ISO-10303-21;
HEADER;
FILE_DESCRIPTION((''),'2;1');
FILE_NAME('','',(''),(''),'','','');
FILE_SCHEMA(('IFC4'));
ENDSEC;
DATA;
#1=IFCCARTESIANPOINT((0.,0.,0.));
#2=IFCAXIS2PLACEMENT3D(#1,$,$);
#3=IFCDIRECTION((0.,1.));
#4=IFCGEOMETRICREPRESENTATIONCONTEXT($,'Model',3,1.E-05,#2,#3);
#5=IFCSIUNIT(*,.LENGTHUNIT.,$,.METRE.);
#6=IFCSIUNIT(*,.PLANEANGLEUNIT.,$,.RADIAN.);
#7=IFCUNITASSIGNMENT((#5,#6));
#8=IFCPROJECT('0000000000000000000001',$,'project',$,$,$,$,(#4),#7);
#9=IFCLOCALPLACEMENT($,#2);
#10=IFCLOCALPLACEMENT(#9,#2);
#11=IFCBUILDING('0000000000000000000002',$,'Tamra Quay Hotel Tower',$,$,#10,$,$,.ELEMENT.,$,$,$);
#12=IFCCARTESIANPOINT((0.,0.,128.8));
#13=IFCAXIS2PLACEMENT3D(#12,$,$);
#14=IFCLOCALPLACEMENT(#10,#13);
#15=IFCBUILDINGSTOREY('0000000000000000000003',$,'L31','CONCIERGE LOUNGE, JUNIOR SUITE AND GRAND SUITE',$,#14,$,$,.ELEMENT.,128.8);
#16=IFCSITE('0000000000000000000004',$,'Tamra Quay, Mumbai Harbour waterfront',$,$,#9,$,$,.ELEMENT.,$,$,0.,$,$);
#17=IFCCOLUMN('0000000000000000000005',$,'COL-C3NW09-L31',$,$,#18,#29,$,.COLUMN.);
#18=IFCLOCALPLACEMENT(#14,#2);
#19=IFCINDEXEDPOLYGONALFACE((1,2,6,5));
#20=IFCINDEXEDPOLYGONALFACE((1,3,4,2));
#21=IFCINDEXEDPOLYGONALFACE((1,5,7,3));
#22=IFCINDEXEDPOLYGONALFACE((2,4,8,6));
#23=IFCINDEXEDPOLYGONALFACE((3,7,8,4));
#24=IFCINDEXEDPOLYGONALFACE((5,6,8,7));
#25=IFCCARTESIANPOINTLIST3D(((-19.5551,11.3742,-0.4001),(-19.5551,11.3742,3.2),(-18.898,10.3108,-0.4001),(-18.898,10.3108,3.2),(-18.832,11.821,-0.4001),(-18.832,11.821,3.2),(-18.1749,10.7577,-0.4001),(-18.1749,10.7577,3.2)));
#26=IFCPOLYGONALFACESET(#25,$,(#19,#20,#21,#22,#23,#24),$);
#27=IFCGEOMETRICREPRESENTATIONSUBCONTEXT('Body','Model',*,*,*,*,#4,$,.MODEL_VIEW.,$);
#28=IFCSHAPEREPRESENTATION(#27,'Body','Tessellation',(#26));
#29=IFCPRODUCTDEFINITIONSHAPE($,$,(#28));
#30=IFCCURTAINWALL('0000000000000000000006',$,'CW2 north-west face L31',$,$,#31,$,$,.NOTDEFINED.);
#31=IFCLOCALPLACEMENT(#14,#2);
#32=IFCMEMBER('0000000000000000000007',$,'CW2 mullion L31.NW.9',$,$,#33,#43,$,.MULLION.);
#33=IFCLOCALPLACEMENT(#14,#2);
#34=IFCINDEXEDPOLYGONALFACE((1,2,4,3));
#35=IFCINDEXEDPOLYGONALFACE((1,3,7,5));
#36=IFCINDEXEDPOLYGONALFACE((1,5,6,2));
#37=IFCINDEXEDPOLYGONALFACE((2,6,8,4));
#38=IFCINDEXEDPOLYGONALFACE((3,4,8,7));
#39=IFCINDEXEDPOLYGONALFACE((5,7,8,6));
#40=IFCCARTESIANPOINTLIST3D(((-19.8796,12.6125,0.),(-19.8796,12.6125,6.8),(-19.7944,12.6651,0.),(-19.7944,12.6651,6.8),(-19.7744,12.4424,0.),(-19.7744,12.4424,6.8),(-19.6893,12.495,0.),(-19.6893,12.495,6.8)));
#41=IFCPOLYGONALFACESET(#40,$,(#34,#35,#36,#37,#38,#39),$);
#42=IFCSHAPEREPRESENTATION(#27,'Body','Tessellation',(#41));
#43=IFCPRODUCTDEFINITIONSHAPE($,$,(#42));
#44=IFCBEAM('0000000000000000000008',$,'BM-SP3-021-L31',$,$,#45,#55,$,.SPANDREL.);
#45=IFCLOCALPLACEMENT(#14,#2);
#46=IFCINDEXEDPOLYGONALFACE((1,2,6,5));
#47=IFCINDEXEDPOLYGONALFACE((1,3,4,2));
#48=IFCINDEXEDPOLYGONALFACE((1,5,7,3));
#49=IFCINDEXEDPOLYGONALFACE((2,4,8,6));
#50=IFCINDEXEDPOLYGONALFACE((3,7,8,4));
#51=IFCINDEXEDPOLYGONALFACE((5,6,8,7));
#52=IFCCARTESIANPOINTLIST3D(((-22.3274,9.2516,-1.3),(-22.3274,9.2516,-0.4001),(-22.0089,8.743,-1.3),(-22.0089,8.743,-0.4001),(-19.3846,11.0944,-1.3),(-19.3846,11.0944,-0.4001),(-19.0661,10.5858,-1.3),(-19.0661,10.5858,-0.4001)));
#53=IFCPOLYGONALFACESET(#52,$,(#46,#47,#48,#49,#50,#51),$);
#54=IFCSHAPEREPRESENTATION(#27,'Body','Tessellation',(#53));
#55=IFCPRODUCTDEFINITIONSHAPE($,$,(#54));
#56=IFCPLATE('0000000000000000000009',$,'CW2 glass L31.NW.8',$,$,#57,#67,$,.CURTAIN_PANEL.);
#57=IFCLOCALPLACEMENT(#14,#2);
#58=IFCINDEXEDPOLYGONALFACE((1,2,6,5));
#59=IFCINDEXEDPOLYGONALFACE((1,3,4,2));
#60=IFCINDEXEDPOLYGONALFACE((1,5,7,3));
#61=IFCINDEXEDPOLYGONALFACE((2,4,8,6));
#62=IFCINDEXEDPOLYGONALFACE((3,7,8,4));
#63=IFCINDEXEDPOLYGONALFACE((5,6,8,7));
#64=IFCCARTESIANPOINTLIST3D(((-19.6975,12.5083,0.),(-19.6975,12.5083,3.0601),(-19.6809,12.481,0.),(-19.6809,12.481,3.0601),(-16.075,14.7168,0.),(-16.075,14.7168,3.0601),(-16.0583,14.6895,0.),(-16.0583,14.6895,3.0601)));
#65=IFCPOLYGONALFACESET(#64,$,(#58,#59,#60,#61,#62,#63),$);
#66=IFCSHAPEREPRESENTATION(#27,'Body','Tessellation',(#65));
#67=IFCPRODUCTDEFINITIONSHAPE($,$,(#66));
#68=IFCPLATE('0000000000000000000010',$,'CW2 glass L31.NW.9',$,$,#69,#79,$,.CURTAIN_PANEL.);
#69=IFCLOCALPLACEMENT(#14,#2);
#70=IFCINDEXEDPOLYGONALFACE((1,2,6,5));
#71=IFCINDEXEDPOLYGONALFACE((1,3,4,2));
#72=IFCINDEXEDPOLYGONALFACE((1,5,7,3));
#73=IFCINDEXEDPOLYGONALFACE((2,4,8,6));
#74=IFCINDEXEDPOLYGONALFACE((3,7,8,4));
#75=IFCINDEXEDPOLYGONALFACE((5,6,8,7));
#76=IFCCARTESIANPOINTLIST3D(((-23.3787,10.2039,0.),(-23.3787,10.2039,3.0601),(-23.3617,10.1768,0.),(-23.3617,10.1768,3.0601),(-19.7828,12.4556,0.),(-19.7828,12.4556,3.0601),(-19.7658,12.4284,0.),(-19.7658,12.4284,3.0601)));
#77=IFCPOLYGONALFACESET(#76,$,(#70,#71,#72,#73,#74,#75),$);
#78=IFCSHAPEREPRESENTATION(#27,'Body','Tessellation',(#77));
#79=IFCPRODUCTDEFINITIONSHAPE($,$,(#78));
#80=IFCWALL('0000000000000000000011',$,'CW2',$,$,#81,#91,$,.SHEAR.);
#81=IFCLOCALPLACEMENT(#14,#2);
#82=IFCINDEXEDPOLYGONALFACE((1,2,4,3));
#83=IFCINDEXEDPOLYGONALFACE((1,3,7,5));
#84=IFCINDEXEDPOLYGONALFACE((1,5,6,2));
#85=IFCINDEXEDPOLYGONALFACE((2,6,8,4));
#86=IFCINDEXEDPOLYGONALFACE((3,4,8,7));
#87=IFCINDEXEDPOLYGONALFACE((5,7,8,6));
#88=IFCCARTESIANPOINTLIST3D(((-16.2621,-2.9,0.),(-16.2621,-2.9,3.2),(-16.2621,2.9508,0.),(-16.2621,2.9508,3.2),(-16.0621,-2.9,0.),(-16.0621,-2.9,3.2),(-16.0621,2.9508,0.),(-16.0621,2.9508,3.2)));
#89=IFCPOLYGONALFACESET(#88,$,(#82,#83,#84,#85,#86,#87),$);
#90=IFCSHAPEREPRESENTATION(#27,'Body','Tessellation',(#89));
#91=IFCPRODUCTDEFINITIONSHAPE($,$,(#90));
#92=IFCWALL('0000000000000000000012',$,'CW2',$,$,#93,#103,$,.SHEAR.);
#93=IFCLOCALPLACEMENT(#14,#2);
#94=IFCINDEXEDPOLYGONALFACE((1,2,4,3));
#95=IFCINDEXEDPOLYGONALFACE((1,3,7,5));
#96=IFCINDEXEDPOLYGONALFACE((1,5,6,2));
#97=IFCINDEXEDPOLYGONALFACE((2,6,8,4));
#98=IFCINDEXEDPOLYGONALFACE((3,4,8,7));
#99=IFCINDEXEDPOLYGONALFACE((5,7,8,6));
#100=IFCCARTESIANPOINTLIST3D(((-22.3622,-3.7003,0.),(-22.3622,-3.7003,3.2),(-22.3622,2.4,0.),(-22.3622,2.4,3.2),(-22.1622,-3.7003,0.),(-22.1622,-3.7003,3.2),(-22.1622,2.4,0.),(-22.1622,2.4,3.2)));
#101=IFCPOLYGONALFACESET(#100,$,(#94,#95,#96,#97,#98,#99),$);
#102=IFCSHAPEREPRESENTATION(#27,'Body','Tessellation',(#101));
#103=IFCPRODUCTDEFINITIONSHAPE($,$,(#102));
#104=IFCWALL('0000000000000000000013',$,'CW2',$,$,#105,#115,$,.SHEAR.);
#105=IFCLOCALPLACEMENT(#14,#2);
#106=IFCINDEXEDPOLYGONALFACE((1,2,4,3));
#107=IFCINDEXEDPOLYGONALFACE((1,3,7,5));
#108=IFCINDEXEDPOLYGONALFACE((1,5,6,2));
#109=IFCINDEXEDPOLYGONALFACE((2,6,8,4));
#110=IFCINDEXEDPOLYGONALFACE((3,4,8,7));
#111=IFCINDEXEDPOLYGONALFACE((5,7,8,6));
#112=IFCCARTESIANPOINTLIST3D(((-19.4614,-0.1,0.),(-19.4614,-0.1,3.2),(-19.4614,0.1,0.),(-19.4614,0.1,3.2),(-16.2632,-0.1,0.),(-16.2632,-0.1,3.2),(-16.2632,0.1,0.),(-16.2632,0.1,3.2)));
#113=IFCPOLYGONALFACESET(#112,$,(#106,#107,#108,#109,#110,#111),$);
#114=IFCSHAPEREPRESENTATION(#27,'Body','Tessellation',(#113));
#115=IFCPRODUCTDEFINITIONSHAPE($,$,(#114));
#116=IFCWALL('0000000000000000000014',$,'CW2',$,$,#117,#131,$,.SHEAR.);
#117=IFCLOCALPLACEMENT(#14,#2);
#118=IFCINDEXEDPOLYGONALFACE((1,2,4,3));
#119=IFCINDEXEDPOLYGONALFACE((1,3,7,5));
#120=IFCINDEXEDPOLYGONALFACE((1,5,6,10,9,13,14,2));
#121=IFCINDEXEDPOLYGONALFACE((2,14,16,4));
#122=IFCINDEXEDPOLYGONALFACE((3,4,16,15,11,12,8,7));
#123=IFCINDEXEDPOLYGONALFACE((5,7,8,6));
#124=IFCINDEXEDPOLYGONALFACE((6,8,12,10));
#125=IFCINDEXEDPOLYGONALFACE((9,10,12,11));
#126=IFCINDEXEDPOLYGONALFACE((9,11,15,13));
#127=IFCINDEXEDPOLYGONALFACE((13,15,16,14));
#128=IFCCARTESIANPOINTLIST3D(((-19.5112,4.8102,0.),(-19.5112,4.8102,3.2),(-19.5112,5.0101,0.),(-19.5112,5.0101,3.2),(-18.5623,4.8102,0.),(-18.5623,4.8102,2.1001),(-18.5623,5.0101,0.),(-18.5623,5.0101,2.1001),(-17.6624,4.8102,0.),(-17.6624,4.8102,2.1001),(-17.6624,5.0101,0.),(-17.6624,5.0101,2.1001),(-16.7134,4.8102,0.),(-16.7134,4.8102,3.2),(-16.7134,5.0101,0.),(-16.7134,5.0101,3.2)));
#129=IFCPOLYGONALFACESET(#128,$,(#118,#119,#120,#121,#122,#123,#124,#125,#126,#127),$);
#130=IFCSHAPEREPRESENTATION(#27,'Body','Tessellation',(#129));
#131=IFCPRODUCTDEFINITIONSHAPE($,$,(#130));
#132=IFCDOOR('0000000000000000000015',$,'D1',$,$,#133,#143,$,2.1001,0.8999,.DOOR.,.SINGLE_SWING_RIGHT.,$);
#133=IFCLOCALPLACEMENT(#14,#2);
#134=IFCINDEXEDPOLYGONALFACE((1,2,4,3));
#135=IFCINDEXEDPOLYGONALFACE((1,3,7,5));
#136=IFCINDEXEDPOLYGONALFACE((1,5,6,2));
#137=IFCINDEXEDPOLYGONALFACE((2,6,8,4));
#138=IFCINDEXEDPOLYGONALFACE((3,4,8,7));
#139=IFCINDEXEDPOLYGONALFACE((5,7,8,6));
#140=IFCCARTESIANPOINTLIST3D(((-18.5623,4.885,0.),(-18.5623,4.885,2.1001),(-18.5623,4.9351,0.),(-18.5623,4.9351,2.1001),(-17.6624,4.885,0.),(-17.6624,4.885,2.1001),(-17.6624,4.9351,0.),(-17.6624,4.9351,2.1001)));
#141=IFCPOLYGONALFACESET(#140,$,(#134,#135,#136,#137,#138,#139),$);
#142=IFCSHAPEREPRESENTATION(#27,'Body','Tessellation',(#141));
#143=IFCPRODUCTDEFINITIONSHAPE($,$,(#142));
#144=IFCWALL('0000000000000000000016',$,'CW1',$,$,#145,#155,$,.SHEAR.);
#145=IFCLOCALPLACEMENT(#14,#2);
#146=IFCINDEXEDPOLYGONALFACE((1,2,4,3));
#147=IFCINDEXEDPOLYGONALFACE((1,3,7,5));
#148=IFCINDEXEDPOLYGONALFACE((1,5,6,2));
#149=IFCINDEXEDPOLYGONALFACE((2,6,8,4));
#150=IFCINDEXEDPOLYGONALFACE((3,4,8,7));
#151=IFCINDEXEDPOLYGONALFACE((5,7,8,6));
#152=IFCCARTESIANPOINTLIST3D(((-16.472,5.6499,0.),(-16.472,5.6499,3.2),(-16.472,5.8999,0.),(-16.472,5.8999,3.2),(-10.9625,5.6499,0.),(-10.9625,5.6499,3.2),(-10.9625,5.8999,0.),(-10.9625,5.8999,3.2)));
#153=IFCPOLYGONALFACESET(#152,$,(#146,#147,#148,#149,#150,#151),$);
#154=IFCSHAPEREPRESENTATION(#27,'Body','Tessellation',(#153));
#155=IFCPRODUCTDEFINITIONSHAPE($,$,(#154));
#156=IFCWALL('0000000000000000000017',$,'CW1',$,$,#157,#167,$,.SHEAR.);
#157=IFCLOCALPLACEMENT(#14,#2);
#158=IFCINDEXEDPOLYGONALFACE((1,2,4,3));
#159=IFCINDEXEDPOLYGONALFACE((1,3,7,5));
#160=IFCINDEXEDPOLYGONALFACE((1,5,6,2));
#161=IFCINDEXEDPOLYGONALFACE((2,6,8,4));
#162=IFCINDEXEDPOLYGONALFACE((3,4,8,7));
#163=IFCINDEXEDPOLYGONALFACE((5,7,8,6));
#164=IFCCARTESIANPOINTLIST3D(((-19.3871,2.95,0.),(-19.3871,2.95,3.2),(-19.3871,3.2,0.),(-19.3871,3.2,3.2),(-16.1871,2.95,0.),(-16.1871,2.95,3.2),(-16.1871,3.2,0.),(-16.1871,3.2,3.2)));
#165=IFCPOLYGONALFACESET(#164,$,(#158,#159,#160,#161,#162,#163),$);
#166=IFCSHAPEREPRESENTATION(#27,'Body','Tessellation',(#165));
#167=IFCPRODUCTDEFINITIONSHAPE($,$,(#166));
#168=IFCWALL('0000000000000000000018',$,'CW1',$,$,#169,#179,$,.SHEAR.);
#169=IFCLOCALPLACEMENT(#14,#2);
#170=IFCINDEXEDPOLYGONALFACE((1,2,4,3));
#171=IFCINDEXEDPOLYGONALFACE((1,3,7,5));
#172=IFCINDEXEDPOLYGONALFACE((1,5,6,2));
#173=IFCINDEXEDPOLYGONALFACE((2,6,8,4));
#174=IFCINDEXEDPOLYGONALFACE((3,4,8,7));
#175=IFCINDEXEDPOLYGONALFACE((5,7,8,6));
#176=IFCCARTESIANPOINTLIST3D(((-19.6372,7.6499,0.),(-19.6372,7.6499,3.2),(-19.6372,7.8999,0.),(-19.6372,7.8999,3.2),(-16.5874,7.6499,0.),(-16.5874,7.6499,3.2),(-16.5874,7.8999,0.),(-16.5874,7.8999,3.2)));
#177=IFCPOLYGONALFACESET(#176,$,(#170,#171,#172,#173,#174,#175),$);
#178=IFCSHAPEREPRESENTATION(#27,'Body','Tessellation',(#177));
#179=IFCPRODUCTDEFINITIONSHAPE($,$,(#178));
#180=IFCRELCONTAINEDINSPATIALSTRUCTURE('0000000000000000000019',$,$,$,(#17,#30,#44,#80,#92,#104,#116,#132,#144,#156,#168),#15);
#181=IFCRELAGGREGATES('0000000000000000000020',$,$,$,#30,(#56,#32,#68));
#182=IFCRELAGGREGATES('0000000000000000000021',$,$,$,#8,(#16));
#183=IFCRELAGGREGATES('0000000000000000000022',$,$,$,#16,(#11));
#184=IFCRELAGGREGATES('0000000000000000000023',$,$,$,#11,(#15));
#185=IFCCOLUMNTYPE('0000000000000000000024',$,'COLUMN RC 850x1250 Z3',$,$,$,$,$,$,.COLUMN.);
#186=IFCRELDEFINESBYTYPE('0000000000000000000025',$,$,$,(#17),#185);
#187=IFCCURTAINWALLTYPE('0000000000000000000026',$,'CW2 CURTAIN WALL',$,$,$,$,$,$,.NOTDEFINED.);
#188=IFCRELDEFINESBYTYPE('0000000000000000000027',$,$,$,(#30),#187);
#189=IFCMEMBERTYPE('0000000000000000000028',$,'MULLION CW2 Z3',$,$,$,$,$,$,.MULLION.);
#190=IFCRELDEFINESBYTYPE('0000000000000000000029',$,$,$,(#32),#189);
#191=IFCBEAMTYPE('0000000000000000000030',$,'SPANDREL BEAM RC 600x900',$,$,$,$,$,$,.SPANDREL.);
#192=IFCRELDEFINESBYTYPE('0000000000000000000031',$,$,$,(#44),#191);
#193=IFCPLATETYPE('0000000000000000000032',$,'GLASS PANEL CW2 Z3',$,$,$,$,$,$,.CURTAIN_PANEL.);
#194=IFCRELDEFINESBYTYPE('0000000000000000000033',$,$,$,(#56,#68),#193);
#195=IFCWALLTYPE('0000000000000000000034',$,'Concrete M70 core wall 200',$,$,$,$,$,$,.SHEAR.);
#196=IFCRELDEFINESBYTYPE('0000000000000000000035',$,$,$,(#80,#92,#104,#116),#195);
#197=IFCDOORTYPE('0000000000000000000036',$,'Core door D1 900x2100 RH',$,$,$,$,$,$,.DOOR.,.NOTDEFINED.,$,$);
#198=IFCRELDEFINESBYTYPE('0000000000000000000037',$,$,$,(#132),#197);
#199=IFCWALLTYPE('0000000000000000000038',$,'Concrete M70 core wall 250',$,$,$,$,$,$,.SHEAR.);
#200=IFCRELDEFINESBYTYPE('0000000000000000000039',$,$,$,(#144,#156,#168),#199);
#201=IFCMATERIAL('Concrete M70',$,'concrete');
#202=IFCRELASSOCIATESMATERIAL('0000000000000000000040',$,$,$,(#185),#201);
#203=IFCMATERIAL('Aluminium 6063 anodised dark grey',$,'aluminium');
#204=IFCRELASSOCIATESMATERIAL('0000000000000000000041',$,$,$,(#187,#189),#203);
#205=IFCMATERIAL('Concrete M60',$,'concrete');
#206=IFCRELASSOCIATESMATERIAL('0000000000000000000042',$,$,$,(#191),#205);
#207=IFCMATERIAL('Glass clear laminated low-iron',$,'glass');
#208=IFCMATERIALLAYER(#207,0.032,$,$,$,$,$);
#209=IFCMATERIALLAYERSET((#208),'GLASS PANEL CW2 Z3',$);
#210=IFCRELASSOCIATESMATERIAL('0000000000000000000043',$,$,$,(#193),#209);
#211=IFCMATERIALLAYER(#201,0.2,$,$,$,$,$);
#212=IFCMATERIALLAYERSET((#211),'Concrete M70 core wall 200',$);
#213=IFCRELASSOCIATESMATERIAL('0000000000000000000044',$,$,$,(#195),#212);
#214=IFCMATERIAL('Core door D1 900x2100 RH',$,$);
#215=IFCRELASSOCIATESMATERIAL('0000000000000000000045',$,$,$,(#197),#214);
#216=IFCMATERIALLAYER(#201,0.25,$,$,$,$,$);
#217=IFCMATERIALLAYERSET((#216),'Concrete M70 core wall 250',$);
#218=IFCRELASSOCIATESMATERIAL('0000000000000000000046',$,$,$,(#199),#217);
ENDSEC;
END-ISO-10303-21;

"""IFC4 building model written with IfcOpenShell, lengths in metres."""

from ifc_helpers import new_model, si_unit, direction, frame, frame_2d, origin, origin_2d, place, context, subcontext, project, spatial, rectangle, extrude, material, layer, layer_set, material_profile, profile_set, type_object, element, fill, aggregate, save


model = new_model("IFC4")

# Units and contexts
model_context = context("Model", 3, precision=1e-05, world=origin(), true_north=direction((0.0, 1.0)))
body_context = subcontext(model_context, "Body", "Model", "MODEL_VIEW")
ifc_project = project(units=[si_unit("LENGTHUNIT", "METRE"), si_unit("PLANEANGLEUNIT", "RADIAN")], contexts=[model_context])

# Site, building, storey
site_placement = place(None, origin())
site = spatial("IfcSite", under=ifc_project, at=site_placement, Name="Tamra Quay, Mumbai Harbour waterfront", CompositionType="ELEMENT", RefElevation=0.0)
building_placement = place(site_placement, origin())
building = spatial("IfcBuilding", under=site, at=building_placement, Name="Tamra Quay Hotel Tower", CompositionType="ELEMENT")
storey_placement = place(building_placement, frame((0.0, 0.0, 128.8)))
storey = spatial("IfcBuildingStorey", under=building, at=storey_placement, Name="L31", Description="CONCIERGE LOUNGE, JUNIOR SUITE AND GRAND SUITE", CompositionType="ELEMENT", Elevation=128.8)

# Column
ifc_material_1 = material(Name="Concrete M70", Category="concrete")
ifc_material_profile_1 = material_profile(ifc_material_1, rectangle(XDim=1.25, YDim=0.8501, at=origin_2d()), Name="COLUMN RC 850x1250 Z3")
ifc_profile_set_1 = profile_set([ifc_material_profile_1], Name="Concrete M70")
column_type = type_object("IfcColumnType", Name="COLUMN RC 850x1250 Z3", PredefinedType="COLUMN", material=ifc_profile_set_1)
column_placement = place(storey_placement, frame((-18.865, 11.0659, -0.4001), z_axis=(0.0, 0.0, 1.0), x_axis=(-0.525677, 0.850685, 0.0)))
element("IfcColumn", 1, at=column_placement, inside=storey, type_object=column_type, Name="COL-C3NW09-L31", PredefinedType="COLUMN", context=body_context, shape_type="SweptSolid", body=[
    extrude(rectangle(XDim=1.25, YDim=0.8501, at=origin_2d()), origin(), (0.0, 0.0, 1.0), 3.6001),
])

# Curtain wall, member
ifc_material_2 = material(Name="Aluminium 6063 anodised dark grey", Category="aluminium")
curtain_wall_type = type_object("IfcCurtainWallType", Name="CW2 CURTAIN WALL", PredefinedType="NOTDEFINED", material=ifc_material_2)
curtain_wall_placement = place(storey_placement, origin())
curtain_wall = element("IfcCurtainWall", 2, at=curtain_wall_placement, inside=storey, type_object=curtain_wall_type, Name="CW2 north-west face L31", PredefinedType="NOTDEFINED")
ifc_material_profile_2 = material_profile(ifc_material_2, rectangle(XDim=0.2, YDim=0.1001, at=origin_2d()), Name="MULLION 100X200")
ifc_profile_set_2 = profile_set([ifc_material_profile_2], Name="Aluminium 6063 anodised dark grey")
member_type = type_object("IfcMemberType", Name="MULLION CW2 Z3", PredefinedType="MULLION", material=ifc_profile_set_2)
member_placement = place(storey_placement, frame((-19.7844, 12.5537, 0.0), z_axis=(0.0, 0.0, 1.0), x_axis=(-0.525646, 0.850703, 0.0)))
member = element("IfcMember", 3, at=member_placement, type_object=member_type, Name="CW2 mullion L31.NW.9", PredefinedType="MULLION", context=body_context, shape_type="SweptSolid", body=[
    extrude(rectangle(XDim=0.2, YDim=0.1001, at=origin_2d()), origin(), (0.0, 0.0, 1.0), 6.8),
])

# Beam
ifc_material_3 = material(Name="Concrete M60", Category="concrete")
ifc_material_profile_3 = material_profile(ifc_material_3, rectangle(XDim=0.6001, YDim=0.8999, at=origin_2d()), Name="SPANDREL BEAM RC 600x900")
ifc_profile_set_3 = profile_set([ifc_material_profile_3], Name="Concrete M60")
beam_type = type_object("IfcBeamType", Name="SPANDREL BEAM RC 600x900", PredefinedType="SPANDREL", material=ifc_profile_set_3)
beam_placement = place(storey_placement, frame((-19.2253, 10.8401, -0.8501), z_axis=(-0.847548, -0.530719, 0.0), x_axis=(0.530719, -0.847548, 0.0)))
element("IfcBeam", 4, at=beam_placement, inside=storey, type_object=beam_type, Name="BM-SP3-021-L31", PredefinedType="SPANDREL", context=body_context, shape_type="SweptSolid", body=[
    extrude(rectangle(XDim=0.6001, YDim=0.8999, at=origin_2d()), origin(), (0.0, 0.0, 1.0), 3.4722),
])

# Plates
ifc_material_4 = material(Name="Glass clear laminated low-iron", Category="glass")
ifc_layer_1 = layer(ifc_material_4, 0.032)
ifc_layer_set_1 = layer_set([ifc_layer_1], Name="GLASS PANEL CW2 Z3")
plate_type = type_object("IfcPlateType", Name="GLASS PANEL CW2 Z3", PredefinedType="CURTAIN_PANEL", material=ifc_layer_set_1)
plate_1_placement = place(storey_placement, frame((-17.8779, 13.5989, 0.0), z_axis=(0.0, 0.0, 1.0), x_axis=(-0.85383, -0.520552, 0.0)))
plate_1 = element("IfcPlate", 5, at=plate_1_placement, type_object=plate_type, Name="CW2 glass L31.NW.8", PredefinedType="CURTAIN_PANEL", context=body_context, shape_type="SweptSolid", body=[
    extrude(rectangle(XDim=4.2427, YDim=0.032, at=origin_2d()), origin(), (0.0, 0.0, 1.0), 3.0601),
])
plate_2_placement = place(storey_placement, frame((-21.5723, 11.3162, 0.0), z_axis=(0.0, 0.0, 1.0), x_axis=(-0.847546, -0.530721, 0.0)))
plate_2 = element("IfcPlate", 6, at=plate_2_placement, type_object=plate_type, Name="CW2 glass L31.NW.9", PredefinedType="CURTAIN_PANEL", context=body_context, shape_type="SweptSolid", body=[
    extrude(rectangle(XDim=4.2427, YDim=0.032, at=origin_2d()), origin(), (0.0, 0.0, 1.0), 3.0601),
])
aggregate(curtain_wall, [plate_1, member, plate_2])

# Walls
ifc_layer_2 = layer(ifc_material_1, 0.2)
ifc_layer_set_2 = layer_set([ifc_layer_2], Name="Concrete M70 core wall 200")
wall_type_1 = type_object("IfcWallType", Name="Concrete M70 core wall 200", PredefinedType="SHEAR", material=ifc_layer_set_2)
wall_1_placement = place(storey_placement, frame((-16.1621, 2.9507, 0.0), z_axis=(0.0, 0.0, 1.0), x_axis=(0.0, -1.0, 0.0)))
element("IfcWall", 7, at=wall_1_placement, inside=storey, type_object=wall_type_1, Name="CW2", PredefinedType="SHEAR", context=body_context, shape_type="SweptSolid", body=[
    extrude(rectangle(XDim=5.8508, YDim=0.2, at=frame_2d((2.9253, 0.0))), origin(), (0.0, 0.0, 1.0), 3.2),
])
wall_2_placement = place(storey_placement, frame((-22.2622, 2.4001, 0.0), z_axis=(0.0, 0.0, 1.0), x_axis=(0.0, -1.0, 0.0)))
element("IfcWall", 8, at=wall_2_placement, inside=storey, type_object=wall_type_1, Name="CW2", PredefinedType="SHEAR", context=body_context, shape_type="SweptSolid", body=[
    extrude(rectangle(XDim=6.1003, YDim=0.2, at=frame_2d((3.0503, 0.0))), origin(), (0.0, 0.0, 1.0), 3.2),
])
wall_3_placement = place(storey_placement, frame((-16.2632, 0.0, 0.0), z_axis=(0.0, 0.0, 1.0), x_axis=(-1.0, 0.0, 0.0)))
element("IfcWall", 9, at=wall_3_placement, inside=storey, type_object=wall_type_1, Name="CW2", PredefinedType="SHEAR", context=body_context, shape_type="SweptSolid", body=[
    extrude(rectangle(XDim=3.1982, YDim=0.2, at=frame_2d((1.5991, 0.0))), origin(), (0.0, 0.0, 1.0), 3.2),
])

# Wall, opening, door
wall_4_placement = place(storey_placement, frame((-19.5112, 4.9102, 0.0), z_axis=(0.0, 0.0, 1.0), x_axis=(1.0, 0.0, 0.0)))
wall_4 = element("IfcWall", 10, at=wall_4_placement, inside=storey, type_object=wall_type_1, Name="CW2", PredefinedType="SHEAR", context=body_context, shape_type="SweptSolid", body=[
    extrude(rectangle(XDim=2.7979, YDim=0.2, at=frame_2d((1.3989, 0.0))), origin(), (0.0, 0.0, 1.0), 3.2),
])
opening_1_placement = place(wall_4_placement, frame((0.949, 0.0, 0.0)))
opening_1 = element("IfcOpeningElement", 11, at=opening_1_placement, cuts=wall_4, PredefinedType="OPENING", context=body_context, shape_type="SweptSolid", body=[
    extrude(rectangle(XDim=0.8999, YDim=2.1001, at=frame_2d((0.45, 1.05))), frame((0.0, 0.1099, 0.0), z_axis=(0.0, -1.0, 0.0), x_axis=(1.0, 0.0, 0.0)), (0.0, 0.0, 1.0), 0.22),
])
ifc_material_5 = material(Name="Core door D1 900x2100 RH")
door_type_1 = type_object("IfcDoorType", Name="Core door D1 900x2100 RH", OperationType="NOTDEFINED", PredefinedType="DOOR", material=ifc_material_5)
door_1_placement = place(opening_1_placement, origin())
door_1 = element("IfcDoor", 12, at=door_1_placement, inside=storey, type_object=door_type_1, Name="D1", OperationType="SINGLE_SWING_RIGHT", OverallHeight=2.1001, OverallWidth=0.8999, PredefinedType="DOOR", context=body_context, shape_type="SweptSolid", body=[
    extrude(rectangle(XDim=0.8999, YDim=2.1001, at=frame_2d((0.45, 1.05))), frame((0.0, 0.0249, 0.0), z_axis=(0.0, -1.0, 0.0), x_axis=(1.0, 0.0, 0.0)), (0.0, 0.0, 1.0), 0.05),
])
fill(opening_1, door_1)

# Walls
ifc_layer_3 = layer(ifc_material_1, 0.25)
ifc_layer_set_3 = layer_set([ifc_layer_3], Name="Concrete M70 core wall 250")
wall_type_2 = type_object("IfcWallType", Name="Concrete M70 core wall 250", PredefinedType="SHEAR", material=ifc_layer_set_3)
wall_5_placement = place(storey_placement, frame((-16.4722, 5.7749, 0.0), z_axis=(0.0, 0.0, 1.0), x_axis=(1.0, 0.0, 0.0)))
element("IfcWall", 13, at=wall_5_placement, inside=storey, type_object=wall_type_2, Name="CW1", PredefinedType="SHEAR", context=body_context, shape_type="SweptSolid", body=[
    extrude(rectangle(XDim=5.5095, YDim=0.25, at=frame_2d((2.7549, 0.0))), origin(), (0.0, 0.0, 1.0), 3.2),
])
wall_6_placement = place(storey_placement, frame((-19.3872, 3.075, 0.0), z_axis=(0.0, 0.0, 1.0), x_axis=(1.0, 0.0, 0.0)))
element("IfcWall", 14, at=wall_6_placement, inside=storey, type_object=wall_type_2, Name="CW1", PredefinedType="SHEAR", context=body_context, shape_type="SweptSolid", body=[
    extrude(rectangle(XDim=3.2, YDim=0.25, at=frame_2d((1.6001, 0.0))), origin(), (0.0, 0.0, 1.0), 3.2),
])
wall_7_placement = place(storey_placement, frame((-19.6372, 7.7749, 0.0), z_axis=(0.0, 0.0, 1.0), x_axis=(1.0, 0.0, 0.0)))
element("IfcWall", 15, at=wall_7_placement, inside=storey, type_object=wall_type_2, Name="CW1", PredefinedType="SHEAR", context=body_context, shape_type="SweptSolid", body=[
    extrude(rectangle(XDim=3.0498, YDim=0.25, at=frame_2d((1.5249, 0.0))), origin(), (0.0, 0.0, 1.0), 3.2),
])

save(model, "model.ifc")
